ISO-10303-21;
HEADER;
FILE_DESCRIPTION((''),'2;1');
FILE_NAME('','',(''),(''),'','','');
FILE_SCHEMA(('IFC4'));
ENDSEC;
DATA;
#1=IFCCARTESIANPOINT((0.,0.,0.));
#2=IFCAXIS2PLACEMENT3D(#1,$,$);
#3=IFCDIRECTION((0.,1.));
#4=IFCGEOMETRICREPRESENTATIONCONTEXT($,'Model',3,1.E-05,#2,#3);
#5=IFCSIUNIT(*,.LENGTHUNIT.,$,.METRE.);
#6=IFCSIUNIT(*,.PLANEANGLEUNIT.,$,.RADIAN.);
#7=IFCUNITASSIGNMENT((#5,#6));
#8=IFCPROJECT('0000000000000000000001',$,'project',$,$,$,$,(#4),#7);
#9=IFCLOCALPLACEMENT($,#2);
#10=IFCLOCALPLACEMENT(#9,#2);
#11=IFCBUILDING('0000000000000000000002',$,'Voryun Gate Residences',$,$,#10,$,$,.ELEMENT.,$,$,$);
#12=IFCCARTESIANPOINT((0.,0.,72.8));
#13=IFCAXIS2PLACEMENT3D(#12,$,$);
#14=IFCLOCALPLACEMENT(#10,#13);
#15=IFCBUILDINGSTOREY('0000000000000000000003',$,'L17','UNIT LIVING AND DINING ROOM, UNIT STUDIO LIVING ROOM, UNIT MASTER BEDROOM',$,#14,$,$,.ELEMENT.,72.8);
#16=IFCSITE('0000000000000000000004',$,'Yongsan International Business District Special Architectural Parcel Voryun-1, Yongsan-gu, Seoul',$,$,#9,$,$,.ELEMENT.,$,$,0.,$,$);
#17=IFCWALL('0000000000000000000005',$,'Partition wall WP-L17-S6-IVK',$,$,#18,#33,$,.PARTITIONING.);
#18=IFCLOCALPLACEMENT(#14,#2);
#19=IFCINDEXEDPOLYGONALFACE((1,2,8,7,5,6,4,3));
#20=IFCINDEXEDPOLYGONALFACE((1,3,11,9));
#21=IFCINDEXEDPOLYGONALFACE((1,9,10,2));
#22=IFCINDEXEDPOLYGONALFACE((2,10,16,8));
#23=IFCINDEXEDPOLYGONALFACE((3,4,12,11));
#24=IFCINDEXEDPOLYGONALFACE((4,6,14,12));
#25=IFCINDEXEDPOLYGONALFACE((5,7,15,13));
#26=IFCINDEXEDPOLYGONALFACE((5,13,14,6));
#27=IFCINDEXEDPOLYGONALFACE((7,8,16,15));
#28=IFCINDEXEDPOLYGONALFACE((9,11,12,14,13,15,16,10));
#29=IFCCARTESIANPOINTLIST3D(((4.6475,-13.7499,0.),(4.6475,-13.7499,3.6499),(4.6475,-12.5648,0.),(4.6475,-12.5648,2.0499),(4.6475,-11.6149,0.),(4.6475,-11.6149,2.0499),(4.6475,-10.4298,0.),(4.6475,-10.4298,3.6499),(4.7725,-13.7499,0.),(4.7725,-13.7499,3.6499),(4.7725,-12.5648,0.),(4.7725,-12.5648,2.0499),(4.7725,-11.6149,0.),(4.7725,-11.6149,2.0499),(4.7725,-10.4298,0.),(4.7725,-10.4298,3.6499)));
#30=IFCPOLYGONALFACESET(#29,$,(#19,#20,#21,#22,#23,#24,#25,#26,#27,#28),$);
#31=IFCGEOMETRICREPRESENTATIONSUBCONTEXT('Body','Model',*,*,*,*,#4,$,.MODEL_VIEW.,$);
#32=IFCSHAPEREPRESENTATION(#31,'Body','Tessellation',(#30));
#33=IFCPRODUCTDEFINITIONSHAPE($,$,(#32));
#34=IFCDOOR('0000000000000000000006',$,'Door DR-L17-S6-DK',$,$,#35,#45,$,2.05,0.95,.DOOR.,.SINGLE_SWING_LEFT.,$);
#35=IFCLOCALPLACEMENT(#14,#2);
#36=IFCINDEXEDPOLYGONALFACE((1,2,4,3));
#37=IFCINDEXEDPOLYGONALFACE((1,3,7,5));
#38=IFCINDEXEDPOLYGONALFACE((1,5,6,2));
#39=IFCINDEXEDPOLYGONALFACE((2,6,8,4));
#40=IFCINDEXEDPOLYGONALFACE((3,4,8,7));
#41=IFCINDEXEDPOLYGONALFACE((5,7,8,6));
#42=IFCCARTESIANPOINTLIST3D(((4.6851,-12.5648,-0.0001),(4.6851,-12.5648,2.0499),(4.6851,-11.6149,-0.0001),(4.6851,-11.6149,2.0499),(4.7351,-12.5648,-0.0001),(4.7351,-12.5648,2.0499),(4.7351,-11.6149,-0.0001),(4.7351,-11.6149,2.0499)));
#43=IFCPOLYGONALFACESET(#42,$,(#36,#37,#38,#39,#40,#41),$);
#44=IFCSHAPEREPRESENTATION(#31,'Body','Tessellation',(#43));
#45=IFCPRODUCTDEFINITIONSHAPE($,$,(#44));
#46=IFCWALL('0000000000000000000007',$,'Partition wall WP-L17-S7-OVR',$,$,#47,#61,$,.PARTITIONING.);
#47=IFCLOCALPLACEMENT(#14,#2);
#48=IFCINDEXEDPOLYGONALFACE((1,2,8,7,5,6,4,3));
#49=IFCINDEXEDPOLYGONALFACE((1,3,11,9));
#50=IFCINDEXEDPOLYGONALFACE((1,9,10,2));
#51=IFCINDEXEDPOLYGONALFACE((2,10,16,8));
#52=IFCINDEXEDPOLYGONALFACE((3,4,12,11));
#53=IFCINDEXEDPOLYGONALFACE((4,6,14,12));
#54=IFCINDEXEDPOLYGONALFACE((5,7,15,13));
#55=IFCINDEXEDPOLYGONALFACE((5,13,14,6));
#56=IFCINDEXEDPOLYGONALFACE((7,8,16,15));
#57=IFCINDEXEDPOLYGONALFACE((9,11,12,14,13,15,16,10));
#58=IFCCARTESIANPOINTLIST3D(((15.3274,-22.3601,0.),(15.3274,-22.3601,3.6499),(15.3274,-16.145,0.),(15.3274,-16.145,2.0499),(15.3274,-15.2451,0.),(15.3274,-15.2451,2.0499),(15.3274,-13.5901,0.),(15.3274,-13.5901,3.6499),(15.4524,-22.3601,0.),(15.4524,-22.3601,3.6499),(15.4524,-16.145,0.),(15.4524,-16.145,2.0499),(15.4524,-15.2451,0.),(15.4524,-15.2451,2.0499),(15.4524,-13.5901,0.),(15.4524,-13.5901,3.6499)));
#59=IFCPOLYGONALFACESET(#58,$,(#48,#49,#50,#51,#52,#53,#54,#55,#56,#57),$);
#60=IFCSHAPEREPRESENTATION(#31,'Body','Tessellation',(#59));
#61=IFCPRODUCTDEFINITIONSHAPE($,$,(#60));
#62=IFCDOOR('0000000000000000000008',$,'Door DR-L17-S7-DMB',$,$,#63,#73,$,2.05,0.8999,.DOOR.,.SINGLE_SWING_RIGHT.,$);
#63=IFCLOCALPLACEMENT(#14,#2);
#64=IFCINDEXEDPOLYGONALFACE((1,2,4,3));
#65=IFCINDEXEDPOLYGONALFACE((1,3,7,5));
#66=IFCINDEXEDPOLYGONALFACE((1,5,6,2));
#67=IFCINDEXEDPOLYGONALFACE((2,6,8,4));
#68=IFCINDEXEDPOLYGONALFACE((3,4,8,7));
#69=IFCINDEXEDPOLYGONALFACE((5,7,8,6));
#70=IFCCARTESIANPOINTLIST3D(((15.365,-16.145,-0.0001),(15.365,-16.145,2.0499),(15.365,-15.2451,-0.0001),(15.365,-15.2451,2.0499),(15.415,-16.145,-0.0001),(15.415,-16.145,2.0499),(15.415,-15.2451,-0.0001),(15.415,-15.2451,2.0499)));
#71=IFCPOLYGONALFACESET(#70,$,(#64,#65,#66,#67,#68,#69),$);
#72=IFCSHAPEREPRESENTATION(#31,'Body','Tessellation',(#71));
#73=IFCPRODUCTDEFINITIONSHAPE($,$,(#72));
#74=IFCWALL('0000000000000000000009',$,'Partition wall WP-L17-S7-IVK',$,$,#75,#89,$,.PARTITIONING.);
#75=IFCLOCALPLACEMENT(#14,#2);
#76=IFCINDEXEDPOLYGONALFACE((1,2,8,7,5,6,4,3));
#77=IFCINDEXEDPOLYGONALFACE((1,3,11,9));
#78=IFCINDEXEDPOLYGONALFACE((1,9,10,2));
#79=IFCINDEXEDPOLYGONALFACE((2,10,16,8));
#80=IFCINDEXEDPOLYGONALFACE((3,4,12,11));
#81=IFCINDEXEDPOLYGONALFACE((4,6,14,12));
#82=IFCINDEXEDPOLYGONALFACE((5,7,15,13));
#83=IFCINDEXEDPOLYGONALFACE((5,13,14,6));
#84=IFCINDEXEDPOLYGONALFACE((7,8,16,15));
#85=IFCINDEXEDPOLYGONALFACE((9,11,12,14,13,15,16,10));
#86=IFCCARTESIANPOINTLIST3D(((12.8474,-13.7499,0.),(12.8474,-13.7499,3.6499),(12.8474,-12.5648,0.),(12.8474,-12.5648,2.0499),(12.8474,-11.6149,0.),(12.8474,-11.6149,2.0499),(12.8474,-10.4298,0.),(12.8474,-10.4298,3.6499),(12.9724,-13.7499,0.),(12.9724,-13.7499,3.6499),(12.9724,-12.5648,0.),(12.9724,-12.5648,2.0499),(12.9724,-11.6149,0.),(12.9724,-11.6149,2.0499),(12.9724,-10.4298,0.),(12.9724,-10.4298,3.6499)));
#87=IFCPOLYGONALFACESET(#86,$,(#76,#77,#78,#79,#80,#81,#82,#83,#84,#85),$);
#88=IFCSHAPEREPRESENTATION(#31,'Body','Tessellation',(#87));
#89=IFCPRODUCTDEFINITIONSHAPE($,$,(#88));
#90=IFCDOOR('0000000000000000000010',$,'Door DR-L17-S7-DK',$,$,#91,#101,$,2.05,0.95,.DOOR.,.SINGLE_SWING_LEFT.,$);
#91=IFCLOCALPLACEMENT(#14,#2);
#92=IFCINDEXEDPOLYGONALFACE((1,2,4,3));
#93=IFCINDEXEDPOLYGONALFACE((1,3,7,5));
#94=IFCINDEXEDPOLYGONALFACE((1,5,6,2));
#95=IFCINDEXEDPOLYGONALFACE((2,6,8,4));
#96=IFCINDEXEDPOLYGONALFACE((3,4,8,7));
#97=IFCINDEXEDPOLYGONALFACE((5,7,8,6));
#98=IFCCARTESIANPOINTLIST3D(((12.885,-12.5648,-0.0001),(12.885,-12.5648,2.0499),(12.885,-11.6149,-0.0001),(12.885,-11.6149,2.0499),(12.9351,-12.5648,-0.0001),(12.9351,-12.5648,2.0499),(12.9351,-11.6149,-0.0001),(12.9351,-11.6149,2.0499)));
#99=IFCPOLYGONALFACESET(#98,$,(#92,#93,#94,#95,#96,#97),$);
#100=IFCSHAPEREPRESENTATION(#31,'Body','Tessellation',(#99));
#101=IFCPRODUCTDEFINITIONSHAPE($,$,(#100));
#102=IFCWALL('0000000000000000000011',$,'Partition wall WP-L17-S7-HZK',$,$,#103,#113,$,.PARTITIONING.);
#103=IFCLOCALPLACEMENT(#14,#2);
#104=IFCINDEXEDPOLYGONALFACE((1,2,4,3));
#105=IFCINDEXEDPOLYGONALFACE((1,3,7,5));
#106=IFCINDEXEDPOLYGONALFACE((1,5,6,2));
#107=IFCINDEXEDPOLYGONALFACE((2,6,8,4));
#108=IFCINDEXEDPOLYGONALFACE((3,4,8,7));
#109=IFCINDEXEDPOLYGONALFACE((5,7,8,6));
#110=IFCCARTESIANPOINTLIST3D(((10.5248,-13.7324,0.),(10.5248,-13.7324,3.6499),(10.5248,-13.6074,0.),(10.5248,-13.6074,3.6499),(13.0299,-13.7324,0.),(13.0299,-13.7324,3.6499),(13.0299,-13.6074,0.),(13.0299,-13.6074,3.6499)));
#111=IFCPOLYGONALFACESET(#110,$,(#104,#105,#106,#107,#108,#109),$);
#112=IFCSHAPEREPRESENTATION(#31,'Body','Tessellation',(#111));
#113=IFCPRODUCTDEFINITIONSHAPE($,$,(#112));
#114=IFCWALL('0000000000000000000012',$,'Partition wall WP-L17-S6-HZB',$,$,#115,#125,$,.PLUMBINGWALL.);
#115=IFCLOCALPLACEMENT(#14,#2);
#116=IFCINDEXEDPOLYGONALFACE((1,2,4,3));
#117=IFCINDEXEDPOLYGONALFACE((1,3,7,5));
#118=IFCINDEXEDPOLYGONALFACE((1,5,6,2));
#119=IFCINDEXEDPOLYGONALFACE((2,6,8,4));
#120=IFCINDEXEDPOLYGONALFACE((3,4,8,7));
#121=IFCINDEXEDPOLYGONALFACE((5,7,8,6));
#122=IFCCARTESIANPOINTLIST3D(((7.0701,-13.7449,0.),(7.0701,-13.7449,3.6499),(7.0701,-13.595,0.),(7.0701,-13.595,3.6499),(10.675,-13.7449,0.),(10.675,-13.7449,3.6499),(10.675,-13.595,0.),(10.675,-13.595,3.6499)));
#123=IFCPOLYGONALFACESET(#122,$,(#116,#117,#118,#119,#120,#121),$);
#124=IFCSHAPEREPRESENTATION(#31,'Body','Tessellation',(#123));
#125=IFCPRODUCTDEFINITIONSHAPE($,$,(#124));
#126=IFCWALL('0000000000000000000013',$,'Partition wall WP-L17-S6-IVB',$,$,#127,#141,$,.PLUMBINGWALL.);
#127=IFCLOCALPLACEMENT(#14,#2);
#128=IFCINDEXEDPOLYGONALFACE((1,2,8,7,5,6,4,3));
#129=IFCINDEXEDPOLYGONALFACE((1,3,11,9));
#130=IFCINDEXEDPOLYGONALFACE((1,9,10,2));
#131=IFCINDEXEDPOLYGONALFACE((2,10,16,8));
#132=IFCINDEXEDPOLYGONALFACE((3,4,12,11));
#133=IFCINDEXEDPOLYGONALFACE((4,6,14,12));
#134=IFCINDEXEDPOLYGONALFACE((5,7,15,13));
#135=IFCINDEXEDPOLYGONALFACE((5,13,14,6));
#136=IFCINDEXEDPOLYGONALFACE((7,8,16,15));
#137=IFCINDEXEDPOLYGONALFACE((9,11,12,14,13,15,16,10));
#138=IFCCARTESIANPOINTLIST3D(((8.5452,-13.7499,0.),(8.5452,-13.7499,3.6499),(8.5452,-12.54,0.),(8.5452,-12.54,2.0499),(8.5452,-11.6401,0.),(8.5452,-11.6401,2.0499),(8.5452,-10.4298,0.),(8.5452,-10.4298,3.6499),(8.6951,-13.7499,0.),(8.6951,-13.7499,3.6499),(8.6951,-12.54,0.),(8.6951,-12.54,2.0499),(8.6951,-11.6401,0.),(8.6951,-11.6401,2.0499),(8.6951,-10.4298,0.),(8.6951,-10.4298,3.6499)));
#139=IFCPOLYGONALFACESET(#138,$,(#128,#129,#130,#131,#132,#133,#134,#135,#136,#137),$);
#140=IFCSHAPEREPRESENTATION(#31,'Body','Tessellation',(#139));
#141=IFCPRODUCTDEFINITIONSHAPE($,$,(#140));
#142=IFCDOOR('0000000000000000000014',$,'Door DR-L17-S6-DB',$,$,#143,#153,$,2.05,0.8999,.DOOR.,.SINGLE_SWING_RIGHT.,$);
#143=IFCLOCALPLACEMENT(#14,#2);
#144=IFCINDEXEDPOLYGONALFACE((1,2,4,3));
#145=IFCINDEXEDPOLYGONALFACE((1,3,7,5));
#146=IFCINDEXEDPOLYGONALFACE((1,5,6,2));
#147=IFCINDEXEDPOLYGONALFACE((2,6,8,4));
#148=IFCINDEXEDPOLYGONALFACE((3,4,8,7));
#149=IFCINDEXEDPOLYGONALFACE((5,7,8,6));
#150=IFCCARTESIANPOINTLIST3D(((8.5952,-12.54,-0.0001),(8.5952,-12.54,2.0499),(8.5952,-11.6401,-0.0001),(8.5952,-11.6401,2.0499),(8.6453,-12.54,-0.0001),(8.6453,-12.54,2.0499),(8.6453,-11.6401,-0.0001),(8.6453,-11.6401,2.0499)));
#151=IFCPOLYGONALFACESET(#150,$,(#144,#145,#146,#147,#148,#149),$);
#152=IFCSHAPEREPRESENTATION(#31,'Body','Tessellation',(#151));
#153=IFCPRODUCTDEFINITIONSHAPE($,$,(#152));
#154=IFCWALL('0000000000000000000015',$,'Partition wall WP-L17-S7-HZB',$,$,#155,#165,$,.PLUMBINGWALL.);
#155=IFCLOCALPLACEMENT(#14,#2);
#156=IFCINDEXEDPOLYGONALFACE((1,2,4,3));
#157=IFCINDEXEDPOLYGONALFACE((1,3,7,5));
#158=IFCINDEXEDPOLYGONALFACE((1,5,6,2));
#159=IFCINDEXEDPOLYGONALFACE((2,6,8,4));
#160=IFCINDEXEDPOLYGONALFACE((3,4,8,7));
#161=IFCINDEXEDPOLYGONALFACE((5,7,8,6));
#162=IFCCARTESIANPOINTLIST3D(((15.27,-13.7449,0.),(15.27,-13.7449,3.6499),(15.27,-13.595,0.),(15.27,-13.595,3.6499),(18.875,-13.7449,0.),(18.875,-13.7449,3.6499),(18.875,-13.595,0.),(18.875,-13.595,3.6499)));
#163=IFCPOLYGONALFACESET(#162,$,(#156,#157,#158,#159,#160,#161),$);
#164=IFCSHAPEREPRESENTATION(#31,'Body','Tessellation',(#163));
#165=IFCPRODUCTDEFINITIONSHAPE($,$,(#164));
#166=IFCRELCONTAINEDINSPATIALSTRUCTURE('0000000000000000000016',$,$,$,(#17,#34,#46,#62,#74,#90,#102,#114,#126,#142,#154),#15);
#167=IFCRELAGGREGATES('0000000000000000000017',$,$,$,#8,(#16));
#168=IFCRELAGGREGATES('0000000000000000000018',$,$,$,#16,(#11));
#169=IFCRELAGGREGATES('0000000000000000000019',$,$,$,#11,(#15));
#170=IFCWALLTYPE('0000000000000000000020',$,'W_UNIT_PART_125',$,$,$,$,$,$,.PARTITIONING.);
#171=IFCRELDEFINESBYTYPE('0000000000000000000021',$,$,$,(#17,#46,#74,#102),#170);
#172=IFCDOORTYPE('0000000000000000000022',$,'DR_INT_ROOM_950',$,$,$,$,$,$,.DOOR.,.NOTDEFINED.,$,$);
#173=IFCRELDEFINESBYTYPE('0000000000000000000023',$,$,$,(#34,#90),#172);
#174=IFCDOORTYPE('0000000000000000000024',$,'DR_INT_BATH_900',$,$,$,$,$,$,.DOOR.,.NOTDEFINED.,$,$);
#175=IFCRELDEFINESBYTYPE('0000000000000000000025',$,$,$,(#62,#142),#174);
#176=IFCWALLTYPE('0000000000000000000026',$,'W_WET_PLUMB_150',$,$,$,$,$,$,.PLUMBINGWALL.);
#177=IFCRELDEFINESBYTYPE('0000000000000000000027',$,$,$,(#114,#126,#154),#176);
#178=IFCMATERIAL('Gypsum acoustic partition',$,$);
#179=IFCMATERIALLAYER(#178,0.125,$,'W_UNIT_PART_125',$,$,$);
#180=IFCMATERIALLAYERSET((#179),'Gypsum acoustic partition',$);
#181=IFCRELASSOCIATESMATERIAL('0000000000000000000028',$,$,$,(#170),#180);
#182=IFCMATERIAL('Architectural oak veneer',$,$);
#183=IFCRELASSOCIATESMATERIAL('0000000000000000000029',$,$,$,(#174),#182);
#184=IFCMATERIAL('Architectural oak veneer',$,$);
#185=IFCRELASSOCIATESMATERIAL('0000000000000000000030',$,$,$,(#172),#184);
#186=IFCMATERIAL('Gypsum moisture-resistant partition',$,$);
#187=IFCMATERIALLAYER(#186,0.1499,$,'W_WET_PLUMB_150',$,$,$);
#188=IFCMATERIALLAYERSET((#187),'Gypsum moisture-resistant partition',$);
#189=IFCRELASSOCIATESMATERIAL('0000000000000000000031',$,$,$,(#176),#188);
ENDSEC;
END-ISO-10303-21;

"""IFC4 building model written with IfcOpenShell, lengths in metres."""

from ifc_helpers import new_model, si_unit, direction, frame, frame_2d, origin, place, context, subcontext, project, spatial, rectangle, extrude, material, layer, layer_set, type_object, element, fill, save


model = new_model("IFC4")

# Units and contexts
model_context = context("Model", 3, precision=1e-05, world=origin(), true_north=direction((0.0, 1.0)))
body_context = subcontext(model_context, "Body", "Model", "MODEL_VIEW")
ifc_project = project(units=[si_unit("LENGTHUNIT", "METRE"), si_unit("PLANEANGLEUNIT", "RADIAN")], contexts=[model_context])

# Site, building, storey
site_placement = place(None, origin())
site = spatial("IfcSite", under=ifc_project, at=site_placement, Name="Yongsan International Business District Special Architectural Parcel Voryun-1, Yongsan-gu, Seoul", CompositionType="ELEMENT", RefElevation=0.0)
building_placement = place(site_placement, origin())
building = spatial("IfcBuilding", under=site, at=building_placement, Name="Voryun Gate Residences", CompositionType="ELEMENT")
storey_placement = place(building_placement, frame((0.0, 0.0, 72.8)))
storey = spatial("IfcBuildingStorey", under=building, at=storey_placement, Name="L17", Description="UNIT LIVING AND DINING ROOM, UNIT STUDIO LIVING ROOM, UNIT MASTER BEDROOM", CompositionType="ELEMENT", Elevation=72.8)

# Walls, openings, doors
ifc_material_1 = material(Name="Gypsum acoustic partition")
ifc_layer_1 = layer(ifc_material_1, 0.125, Name="W_UNIT_PART_125")
ifc_layer_set_1 = layer_set([ifc_layer_1], Name="Gypsum acoustic partition")
wall_type_1 = type_object("IfcWallType", Name="W_UNIT_PART_125", PredefinedType="PARTITIONING", material=ifc_layer_set_1)
ifc_material_2 = material(Name="Architectural oak veneer")
door_type_1 = type_object("IfcDoorType", Name="DR_INT_BATH_900", OperationType="NOTDEFINED", PredefinedType="DOOR", material=ifc_material_2)
wall_1_placement = place(storey_placement, frame((4.71, -13.75, 0.0), z_axis=(0.0, 0.0, 1.0), x_axis=(0.0, 1.0, 0.0)))
wall_1 = element("IfcWall", 1, at=wall_1_placement, inside=storey, type_object=wall_type_1, Name="Partition wall WP-L17-S6-IVK", PredefinedType="PARTITIONING", context=body_context, shape_type="SweptSolid", body=[
    extrude(rectangle(XDim=3.3201, YDim=0.125, at=frame_2d((1.6602, 0.0))), origin(), (0.0, 0.0, 1.0), 3.6499),
])
opening_1_placement = place(wall_1_placement, frame((1.1851, 0.0, 0.0)))
opening_1 = element("IfcOpeningElement", 2, at=opening_1_placement, cuts=wall_1, PredefinedType="OPENING", context=body_context, shape_type="SweptSolid", body=[
    extrude(rectangle(XDim=0.95, YDim=2.05, at=frame_2d((0.4751, 1.0249))), frame((0.0, 0.0725, 0.0), z_axis=(0.0, -1.0, 0.0), x_axis=(1.0, 0.0, 0.0)), (0.0, 0.0, 1.0), 0.145),
])
ifc_material_3 = material(Name="Architectural oak veneer")
door_type_2 = type_object("IfcDoorType", Name="DR_INT_ROOM_950", OperationType="NOTDEFINED", PredefinedType="DOOR", material=ifc_material_3)
door_1_placement = place(opening_1_placement, origin())
door_1 = element("IfcDoor", 3, at=door_1_placement, inside=storey, type_object=door_type_2, Name="Door DR-L17-S6-DK", OperationType="SINGLE_SWING_LEFT", OverallHeight=2.05, OverallWidth=0.95, PredefinedType="DOOR", context=body_context, shape_type="SweptSolid", body=[
    extrude(rectangle(XDim=0.95, YDim=2.05, at=frame_2d((0.4751, 1.0249))), frame((0.0, 0.0249, 0.0), z_axis=(0.0, -1.0, 0.0), x_axis=(1.0, 0.0, 0.0)), (0.0, 0.0, 1.0), 0.05),
])
fill(opening_1, door_1)
wall_2_placement = place(storey_placement, frame((15.3899, -22.3601, 0.0), z_axis=(0.0, 0.0, 1.0), x_axis=(0.0, 1.0, 0.0)))
wall_2 = element("IfcWall", 4, at=wall_2_placement, inside=storey, type_object=wall_type_1, Name="Partition wall WP-L17-S7-OVR", PredefinedType="PARTITIONING", context=body_context, shape_type="SweptSolid", body=[
    extrude(rectangle(XDim=8.77, YDim=0.125, at=frame_2d((4.385, 0.0))), origin(), (0.0, 0.0, 1.0), 3.6499),
])
opening_2_placement = place(wall_2_placement, frame((6.2151, 0.0, 0.0)))
opening_2 = element("IfcOpeningElement", 5, at=opening_2_placement, cuts=wall_2, PredefinedType="OPENING", context=body_context, shape_type="SweptSolid", body=[
    extrude(rectangle(XDim=0.8999, YDim=2.05, at=frame_2d((0.45, 1.0249))), frame((0.0, 0.0725, 0.0), z_axis=(0.0, -1.0, 0.0), x_axis=(1.0, 0.0, 0.0)), (0.0, 0.0, 1.0), 0.145),
])
door_2_placement = place(opening_2_placement, origin())
door_2 = element("IfcDoor", 6, at=door_2_placement, inside=storey, type_object=door_type_1, Name="Door DR-L17-S7-DMB", OperationType="SINGLE_SWING_RIGHT", OverallHeight=2.05, OverallWidth=0.8999, PredefinedType="DOOR", context=body_context, shape_type="SweptSolid", body=[
    extrude(rectangle(XDim=0.8999, YDim=2.05, at=frame_2d((0.45, 1.0249))), frame((0.0, 0.0249, 0.0), z_axis=(0.0, -1.0, 0.0), x_axis=(1.0, 0.0, 0.0)), (0.0, 0.0, 1.0), 0.05),
])
fill(opening_2, door_2)
wall_3_placement = place(storey_placement, frame((12.9099, -13.75, 0.0), z_axis=(0.0, 0.0, 1.0), x_axis=(0.0, 1.0, 0.0)))
wall_3 = element("IfcWall", 7, at=wall_3_placement, inside=storey, type_object=wall_type_1, Name="Partition wall WP-L17-S7-IVK", PredefinedType="PARTITIONING", context=body_context, shape_type="SweptSolid", body=[
    extrude(rectangle(XDim=3.3201, YDim=0.125, at=frame_2d((1.6602, 0.0))), origin(), (0.0, 0.0, 1.0), 3.6499),
])
opening_3_placement = place(wall_3_placement, frame((1.1851, 0.0, 0.0)))
opening_3 = element("IfcOpeningElement", 8, at=opening_3_placement, cuts=wall_3, PredefinedType="OPENING", context=body_context, shape_type="SweptSolid", body=[
    extrude(rectangle(XDim=0.95, YDim=2.05, at=frame_2d((0.4751, 1.0249))), frame((0.0, 0.0725, 0.0), z_axis=(0.0, -1.0, 0.0), x_axis=(1.0, 0.0, 0.0)), (0.0, 0.0, 1.0), 0.145),
])
door_3_placement = place(opening_3_placement, origin())
door_3 = element("IfcDoor", 9, at=door_3_placement, inside=storey, type_object=door_type_2, Name="Door DR-L17-S7-DK", OperationType="SINGLE_SWING_LEFT", OverallHeight=2.05, OverallWidth=0.95, PredefinedType="DOOR", context=body_context, shape_type="SweptSolid", body=[
    extrude(rectangle(XDim=0.95, YDim=2.05, at=frame_2d((0.4751, 1.0249))), frame((0.0, 0.0249, 0.0), z_axis=(0.0, -1.0, 0.0), x_axis=(1.0, 0.0, 0.0)), (0.0, 0.0, 1.0), 0.05),
])
fill(opening_3, door_3)

# Walls
wall_4_placement = place(storey_placement, frame((10.5249, -13.6699, 0.0), z_axis=(0.0, 0.0, 1.0), x_axis=(1.0, 0.0, 0.0)))
element("IfcWall", 10, at=wall_4_placement, inside=storey, type_object=wall_type_1, Name="Partition wall WP-L17-S7-HZK", PredefinedType="PARTITIONING", context=body_context, shape_type="SweptSolid", body=[
    extrude(rectangle(XDim=2.5051, YDim=0.125, at=frame_2d((1.2524, 0.0))), origin(), (0.0, 0.0, 1.0), 3.6499),
])
ifc_material_4 = material(Name="Gypsum moisture-resistant partition")
ifc_layer_2 = layer(ifc_material_4, 0.1499, Name="W_WET_PLUMB_150")
ifc_layer_set_2 = layer_set([ifc_layer_2], Name="Gypsum moisture-resistant partition")
wall_type_2 = type_object("IfcWallType", Name="W_WET_PLUMB_150", PredefinedType="PLUMBINGWALL", material=ifc_layer_set_2)
wall_5_placement = place(storey_placement, frame((7.0701, -13.6699, 0.0), z_axis=(0.0, 0.0, 1.0), x_axis=(1.0, 0.0, 0.0)))
element("IfcWall", 11, at=wall_5_placement, inside=storey, type_object=wall_type_2, Name="Partition wall WP-L17-S6-HZB", PredefinedType="PLUMBINGWALL", context=body_context, shape_type="SweptSolid", body=[
    extrude(rectangle(XDim=3.605, YDim=0.1499, at=frame_2d((1.8025, 0.0))), origin(), (0.0, 0.0, 1.0), 3.6499),
])

# Wall, opening, door
wall_6_placement = place(storey_placement, frame((8.6201, -13.75, 0.0), z_axis=(0.0, 0.0, 1.0), x_axis=(0.0, 1.0, 0.0)))
wall_6 = element("IfcWall", 12, at=wall_6_placement, inside=storey, type_object=wall_type_2, Name="Partition wall WP-L17-S6-IVB", PredefinedType="PLUMBINGWALL", context=body_context, shape_type="SweptSolid", body=[
    extrude(rectangle(XDim=3.3201, YDim=0.1499, at=frame_2d((1.6602, 0.0))), origin(), (0.0, 0.0, 1.0), 3.6499),
])
opening_4_placement = place(wall_6_placement, frame((1.21, 0.0, 0.0)))
opening_4 = element("IfcOpeningElement", 13, at=opening_4_placement, cuts=wall_6, PredefinedType="OPENING", context=body_context, shape_type="SweptSolid", body=[
    extrude(rectangle(XDim=0.8999, YDim=2.05, at=frame_2d((0.45, 1.0249))), frame((0.0, 0.085, 0.0), z_axis=(0.0, -1.0, 0.0), x_axis=(1.0, 0.0, 0.0)), (0.0, 0.0, 1.0), 0.1699),
])
door_4_placement = place(opening_4_placement, origin())
door_4 = element("IfcDoor", 14, at=door_4_placement, inside=storey, type_object=door_type_1, Name="Door DR-L17-S6-DB", OperationType="SINGLE_SWING_RIGHT", OverallHeight=2.05, OverallWidth=0.8999, PredefinedType="DOOR", context=body_context, shape_type="SweptSolid", body=[
    extrude(rectangle(XDim=0.8999, YDim=2.05, at=frame_2d((0.45, 1.0249))), frame((0.0, 0.0249, 0.0), z_axis=(0.0, -1.0, 0.0), x_axis=(1.0, 0.0, 0.0)), (0.0, 0.0, 1.0), 0.05),
])
fill(opening_4, door_4)

# Wall
wall_7_placement = place(storey_placement, frame((15.27, -13.6699, 0.0), z_axis=(0.0, 0.0, 1.0), x_axis=(1.0, 0.0, 0.0)))
element("IfcWall", 15, at=wall_7_placement, inside=storey, type_object=wall_type_2, Name="Partition wall WP-L17-S7-HZB", PredefinedType="PLUMBINGWALL", context=body_context, shape_type="SweptSolid", body=[
    extrude(rectangle(XDim=3.605, YDim=0.1499, at=frame_2d((1.8025, 0.0))), origin(), (0.0, 0.0, 1.0), 3.6499),
])

save(model, "model.ifc")
